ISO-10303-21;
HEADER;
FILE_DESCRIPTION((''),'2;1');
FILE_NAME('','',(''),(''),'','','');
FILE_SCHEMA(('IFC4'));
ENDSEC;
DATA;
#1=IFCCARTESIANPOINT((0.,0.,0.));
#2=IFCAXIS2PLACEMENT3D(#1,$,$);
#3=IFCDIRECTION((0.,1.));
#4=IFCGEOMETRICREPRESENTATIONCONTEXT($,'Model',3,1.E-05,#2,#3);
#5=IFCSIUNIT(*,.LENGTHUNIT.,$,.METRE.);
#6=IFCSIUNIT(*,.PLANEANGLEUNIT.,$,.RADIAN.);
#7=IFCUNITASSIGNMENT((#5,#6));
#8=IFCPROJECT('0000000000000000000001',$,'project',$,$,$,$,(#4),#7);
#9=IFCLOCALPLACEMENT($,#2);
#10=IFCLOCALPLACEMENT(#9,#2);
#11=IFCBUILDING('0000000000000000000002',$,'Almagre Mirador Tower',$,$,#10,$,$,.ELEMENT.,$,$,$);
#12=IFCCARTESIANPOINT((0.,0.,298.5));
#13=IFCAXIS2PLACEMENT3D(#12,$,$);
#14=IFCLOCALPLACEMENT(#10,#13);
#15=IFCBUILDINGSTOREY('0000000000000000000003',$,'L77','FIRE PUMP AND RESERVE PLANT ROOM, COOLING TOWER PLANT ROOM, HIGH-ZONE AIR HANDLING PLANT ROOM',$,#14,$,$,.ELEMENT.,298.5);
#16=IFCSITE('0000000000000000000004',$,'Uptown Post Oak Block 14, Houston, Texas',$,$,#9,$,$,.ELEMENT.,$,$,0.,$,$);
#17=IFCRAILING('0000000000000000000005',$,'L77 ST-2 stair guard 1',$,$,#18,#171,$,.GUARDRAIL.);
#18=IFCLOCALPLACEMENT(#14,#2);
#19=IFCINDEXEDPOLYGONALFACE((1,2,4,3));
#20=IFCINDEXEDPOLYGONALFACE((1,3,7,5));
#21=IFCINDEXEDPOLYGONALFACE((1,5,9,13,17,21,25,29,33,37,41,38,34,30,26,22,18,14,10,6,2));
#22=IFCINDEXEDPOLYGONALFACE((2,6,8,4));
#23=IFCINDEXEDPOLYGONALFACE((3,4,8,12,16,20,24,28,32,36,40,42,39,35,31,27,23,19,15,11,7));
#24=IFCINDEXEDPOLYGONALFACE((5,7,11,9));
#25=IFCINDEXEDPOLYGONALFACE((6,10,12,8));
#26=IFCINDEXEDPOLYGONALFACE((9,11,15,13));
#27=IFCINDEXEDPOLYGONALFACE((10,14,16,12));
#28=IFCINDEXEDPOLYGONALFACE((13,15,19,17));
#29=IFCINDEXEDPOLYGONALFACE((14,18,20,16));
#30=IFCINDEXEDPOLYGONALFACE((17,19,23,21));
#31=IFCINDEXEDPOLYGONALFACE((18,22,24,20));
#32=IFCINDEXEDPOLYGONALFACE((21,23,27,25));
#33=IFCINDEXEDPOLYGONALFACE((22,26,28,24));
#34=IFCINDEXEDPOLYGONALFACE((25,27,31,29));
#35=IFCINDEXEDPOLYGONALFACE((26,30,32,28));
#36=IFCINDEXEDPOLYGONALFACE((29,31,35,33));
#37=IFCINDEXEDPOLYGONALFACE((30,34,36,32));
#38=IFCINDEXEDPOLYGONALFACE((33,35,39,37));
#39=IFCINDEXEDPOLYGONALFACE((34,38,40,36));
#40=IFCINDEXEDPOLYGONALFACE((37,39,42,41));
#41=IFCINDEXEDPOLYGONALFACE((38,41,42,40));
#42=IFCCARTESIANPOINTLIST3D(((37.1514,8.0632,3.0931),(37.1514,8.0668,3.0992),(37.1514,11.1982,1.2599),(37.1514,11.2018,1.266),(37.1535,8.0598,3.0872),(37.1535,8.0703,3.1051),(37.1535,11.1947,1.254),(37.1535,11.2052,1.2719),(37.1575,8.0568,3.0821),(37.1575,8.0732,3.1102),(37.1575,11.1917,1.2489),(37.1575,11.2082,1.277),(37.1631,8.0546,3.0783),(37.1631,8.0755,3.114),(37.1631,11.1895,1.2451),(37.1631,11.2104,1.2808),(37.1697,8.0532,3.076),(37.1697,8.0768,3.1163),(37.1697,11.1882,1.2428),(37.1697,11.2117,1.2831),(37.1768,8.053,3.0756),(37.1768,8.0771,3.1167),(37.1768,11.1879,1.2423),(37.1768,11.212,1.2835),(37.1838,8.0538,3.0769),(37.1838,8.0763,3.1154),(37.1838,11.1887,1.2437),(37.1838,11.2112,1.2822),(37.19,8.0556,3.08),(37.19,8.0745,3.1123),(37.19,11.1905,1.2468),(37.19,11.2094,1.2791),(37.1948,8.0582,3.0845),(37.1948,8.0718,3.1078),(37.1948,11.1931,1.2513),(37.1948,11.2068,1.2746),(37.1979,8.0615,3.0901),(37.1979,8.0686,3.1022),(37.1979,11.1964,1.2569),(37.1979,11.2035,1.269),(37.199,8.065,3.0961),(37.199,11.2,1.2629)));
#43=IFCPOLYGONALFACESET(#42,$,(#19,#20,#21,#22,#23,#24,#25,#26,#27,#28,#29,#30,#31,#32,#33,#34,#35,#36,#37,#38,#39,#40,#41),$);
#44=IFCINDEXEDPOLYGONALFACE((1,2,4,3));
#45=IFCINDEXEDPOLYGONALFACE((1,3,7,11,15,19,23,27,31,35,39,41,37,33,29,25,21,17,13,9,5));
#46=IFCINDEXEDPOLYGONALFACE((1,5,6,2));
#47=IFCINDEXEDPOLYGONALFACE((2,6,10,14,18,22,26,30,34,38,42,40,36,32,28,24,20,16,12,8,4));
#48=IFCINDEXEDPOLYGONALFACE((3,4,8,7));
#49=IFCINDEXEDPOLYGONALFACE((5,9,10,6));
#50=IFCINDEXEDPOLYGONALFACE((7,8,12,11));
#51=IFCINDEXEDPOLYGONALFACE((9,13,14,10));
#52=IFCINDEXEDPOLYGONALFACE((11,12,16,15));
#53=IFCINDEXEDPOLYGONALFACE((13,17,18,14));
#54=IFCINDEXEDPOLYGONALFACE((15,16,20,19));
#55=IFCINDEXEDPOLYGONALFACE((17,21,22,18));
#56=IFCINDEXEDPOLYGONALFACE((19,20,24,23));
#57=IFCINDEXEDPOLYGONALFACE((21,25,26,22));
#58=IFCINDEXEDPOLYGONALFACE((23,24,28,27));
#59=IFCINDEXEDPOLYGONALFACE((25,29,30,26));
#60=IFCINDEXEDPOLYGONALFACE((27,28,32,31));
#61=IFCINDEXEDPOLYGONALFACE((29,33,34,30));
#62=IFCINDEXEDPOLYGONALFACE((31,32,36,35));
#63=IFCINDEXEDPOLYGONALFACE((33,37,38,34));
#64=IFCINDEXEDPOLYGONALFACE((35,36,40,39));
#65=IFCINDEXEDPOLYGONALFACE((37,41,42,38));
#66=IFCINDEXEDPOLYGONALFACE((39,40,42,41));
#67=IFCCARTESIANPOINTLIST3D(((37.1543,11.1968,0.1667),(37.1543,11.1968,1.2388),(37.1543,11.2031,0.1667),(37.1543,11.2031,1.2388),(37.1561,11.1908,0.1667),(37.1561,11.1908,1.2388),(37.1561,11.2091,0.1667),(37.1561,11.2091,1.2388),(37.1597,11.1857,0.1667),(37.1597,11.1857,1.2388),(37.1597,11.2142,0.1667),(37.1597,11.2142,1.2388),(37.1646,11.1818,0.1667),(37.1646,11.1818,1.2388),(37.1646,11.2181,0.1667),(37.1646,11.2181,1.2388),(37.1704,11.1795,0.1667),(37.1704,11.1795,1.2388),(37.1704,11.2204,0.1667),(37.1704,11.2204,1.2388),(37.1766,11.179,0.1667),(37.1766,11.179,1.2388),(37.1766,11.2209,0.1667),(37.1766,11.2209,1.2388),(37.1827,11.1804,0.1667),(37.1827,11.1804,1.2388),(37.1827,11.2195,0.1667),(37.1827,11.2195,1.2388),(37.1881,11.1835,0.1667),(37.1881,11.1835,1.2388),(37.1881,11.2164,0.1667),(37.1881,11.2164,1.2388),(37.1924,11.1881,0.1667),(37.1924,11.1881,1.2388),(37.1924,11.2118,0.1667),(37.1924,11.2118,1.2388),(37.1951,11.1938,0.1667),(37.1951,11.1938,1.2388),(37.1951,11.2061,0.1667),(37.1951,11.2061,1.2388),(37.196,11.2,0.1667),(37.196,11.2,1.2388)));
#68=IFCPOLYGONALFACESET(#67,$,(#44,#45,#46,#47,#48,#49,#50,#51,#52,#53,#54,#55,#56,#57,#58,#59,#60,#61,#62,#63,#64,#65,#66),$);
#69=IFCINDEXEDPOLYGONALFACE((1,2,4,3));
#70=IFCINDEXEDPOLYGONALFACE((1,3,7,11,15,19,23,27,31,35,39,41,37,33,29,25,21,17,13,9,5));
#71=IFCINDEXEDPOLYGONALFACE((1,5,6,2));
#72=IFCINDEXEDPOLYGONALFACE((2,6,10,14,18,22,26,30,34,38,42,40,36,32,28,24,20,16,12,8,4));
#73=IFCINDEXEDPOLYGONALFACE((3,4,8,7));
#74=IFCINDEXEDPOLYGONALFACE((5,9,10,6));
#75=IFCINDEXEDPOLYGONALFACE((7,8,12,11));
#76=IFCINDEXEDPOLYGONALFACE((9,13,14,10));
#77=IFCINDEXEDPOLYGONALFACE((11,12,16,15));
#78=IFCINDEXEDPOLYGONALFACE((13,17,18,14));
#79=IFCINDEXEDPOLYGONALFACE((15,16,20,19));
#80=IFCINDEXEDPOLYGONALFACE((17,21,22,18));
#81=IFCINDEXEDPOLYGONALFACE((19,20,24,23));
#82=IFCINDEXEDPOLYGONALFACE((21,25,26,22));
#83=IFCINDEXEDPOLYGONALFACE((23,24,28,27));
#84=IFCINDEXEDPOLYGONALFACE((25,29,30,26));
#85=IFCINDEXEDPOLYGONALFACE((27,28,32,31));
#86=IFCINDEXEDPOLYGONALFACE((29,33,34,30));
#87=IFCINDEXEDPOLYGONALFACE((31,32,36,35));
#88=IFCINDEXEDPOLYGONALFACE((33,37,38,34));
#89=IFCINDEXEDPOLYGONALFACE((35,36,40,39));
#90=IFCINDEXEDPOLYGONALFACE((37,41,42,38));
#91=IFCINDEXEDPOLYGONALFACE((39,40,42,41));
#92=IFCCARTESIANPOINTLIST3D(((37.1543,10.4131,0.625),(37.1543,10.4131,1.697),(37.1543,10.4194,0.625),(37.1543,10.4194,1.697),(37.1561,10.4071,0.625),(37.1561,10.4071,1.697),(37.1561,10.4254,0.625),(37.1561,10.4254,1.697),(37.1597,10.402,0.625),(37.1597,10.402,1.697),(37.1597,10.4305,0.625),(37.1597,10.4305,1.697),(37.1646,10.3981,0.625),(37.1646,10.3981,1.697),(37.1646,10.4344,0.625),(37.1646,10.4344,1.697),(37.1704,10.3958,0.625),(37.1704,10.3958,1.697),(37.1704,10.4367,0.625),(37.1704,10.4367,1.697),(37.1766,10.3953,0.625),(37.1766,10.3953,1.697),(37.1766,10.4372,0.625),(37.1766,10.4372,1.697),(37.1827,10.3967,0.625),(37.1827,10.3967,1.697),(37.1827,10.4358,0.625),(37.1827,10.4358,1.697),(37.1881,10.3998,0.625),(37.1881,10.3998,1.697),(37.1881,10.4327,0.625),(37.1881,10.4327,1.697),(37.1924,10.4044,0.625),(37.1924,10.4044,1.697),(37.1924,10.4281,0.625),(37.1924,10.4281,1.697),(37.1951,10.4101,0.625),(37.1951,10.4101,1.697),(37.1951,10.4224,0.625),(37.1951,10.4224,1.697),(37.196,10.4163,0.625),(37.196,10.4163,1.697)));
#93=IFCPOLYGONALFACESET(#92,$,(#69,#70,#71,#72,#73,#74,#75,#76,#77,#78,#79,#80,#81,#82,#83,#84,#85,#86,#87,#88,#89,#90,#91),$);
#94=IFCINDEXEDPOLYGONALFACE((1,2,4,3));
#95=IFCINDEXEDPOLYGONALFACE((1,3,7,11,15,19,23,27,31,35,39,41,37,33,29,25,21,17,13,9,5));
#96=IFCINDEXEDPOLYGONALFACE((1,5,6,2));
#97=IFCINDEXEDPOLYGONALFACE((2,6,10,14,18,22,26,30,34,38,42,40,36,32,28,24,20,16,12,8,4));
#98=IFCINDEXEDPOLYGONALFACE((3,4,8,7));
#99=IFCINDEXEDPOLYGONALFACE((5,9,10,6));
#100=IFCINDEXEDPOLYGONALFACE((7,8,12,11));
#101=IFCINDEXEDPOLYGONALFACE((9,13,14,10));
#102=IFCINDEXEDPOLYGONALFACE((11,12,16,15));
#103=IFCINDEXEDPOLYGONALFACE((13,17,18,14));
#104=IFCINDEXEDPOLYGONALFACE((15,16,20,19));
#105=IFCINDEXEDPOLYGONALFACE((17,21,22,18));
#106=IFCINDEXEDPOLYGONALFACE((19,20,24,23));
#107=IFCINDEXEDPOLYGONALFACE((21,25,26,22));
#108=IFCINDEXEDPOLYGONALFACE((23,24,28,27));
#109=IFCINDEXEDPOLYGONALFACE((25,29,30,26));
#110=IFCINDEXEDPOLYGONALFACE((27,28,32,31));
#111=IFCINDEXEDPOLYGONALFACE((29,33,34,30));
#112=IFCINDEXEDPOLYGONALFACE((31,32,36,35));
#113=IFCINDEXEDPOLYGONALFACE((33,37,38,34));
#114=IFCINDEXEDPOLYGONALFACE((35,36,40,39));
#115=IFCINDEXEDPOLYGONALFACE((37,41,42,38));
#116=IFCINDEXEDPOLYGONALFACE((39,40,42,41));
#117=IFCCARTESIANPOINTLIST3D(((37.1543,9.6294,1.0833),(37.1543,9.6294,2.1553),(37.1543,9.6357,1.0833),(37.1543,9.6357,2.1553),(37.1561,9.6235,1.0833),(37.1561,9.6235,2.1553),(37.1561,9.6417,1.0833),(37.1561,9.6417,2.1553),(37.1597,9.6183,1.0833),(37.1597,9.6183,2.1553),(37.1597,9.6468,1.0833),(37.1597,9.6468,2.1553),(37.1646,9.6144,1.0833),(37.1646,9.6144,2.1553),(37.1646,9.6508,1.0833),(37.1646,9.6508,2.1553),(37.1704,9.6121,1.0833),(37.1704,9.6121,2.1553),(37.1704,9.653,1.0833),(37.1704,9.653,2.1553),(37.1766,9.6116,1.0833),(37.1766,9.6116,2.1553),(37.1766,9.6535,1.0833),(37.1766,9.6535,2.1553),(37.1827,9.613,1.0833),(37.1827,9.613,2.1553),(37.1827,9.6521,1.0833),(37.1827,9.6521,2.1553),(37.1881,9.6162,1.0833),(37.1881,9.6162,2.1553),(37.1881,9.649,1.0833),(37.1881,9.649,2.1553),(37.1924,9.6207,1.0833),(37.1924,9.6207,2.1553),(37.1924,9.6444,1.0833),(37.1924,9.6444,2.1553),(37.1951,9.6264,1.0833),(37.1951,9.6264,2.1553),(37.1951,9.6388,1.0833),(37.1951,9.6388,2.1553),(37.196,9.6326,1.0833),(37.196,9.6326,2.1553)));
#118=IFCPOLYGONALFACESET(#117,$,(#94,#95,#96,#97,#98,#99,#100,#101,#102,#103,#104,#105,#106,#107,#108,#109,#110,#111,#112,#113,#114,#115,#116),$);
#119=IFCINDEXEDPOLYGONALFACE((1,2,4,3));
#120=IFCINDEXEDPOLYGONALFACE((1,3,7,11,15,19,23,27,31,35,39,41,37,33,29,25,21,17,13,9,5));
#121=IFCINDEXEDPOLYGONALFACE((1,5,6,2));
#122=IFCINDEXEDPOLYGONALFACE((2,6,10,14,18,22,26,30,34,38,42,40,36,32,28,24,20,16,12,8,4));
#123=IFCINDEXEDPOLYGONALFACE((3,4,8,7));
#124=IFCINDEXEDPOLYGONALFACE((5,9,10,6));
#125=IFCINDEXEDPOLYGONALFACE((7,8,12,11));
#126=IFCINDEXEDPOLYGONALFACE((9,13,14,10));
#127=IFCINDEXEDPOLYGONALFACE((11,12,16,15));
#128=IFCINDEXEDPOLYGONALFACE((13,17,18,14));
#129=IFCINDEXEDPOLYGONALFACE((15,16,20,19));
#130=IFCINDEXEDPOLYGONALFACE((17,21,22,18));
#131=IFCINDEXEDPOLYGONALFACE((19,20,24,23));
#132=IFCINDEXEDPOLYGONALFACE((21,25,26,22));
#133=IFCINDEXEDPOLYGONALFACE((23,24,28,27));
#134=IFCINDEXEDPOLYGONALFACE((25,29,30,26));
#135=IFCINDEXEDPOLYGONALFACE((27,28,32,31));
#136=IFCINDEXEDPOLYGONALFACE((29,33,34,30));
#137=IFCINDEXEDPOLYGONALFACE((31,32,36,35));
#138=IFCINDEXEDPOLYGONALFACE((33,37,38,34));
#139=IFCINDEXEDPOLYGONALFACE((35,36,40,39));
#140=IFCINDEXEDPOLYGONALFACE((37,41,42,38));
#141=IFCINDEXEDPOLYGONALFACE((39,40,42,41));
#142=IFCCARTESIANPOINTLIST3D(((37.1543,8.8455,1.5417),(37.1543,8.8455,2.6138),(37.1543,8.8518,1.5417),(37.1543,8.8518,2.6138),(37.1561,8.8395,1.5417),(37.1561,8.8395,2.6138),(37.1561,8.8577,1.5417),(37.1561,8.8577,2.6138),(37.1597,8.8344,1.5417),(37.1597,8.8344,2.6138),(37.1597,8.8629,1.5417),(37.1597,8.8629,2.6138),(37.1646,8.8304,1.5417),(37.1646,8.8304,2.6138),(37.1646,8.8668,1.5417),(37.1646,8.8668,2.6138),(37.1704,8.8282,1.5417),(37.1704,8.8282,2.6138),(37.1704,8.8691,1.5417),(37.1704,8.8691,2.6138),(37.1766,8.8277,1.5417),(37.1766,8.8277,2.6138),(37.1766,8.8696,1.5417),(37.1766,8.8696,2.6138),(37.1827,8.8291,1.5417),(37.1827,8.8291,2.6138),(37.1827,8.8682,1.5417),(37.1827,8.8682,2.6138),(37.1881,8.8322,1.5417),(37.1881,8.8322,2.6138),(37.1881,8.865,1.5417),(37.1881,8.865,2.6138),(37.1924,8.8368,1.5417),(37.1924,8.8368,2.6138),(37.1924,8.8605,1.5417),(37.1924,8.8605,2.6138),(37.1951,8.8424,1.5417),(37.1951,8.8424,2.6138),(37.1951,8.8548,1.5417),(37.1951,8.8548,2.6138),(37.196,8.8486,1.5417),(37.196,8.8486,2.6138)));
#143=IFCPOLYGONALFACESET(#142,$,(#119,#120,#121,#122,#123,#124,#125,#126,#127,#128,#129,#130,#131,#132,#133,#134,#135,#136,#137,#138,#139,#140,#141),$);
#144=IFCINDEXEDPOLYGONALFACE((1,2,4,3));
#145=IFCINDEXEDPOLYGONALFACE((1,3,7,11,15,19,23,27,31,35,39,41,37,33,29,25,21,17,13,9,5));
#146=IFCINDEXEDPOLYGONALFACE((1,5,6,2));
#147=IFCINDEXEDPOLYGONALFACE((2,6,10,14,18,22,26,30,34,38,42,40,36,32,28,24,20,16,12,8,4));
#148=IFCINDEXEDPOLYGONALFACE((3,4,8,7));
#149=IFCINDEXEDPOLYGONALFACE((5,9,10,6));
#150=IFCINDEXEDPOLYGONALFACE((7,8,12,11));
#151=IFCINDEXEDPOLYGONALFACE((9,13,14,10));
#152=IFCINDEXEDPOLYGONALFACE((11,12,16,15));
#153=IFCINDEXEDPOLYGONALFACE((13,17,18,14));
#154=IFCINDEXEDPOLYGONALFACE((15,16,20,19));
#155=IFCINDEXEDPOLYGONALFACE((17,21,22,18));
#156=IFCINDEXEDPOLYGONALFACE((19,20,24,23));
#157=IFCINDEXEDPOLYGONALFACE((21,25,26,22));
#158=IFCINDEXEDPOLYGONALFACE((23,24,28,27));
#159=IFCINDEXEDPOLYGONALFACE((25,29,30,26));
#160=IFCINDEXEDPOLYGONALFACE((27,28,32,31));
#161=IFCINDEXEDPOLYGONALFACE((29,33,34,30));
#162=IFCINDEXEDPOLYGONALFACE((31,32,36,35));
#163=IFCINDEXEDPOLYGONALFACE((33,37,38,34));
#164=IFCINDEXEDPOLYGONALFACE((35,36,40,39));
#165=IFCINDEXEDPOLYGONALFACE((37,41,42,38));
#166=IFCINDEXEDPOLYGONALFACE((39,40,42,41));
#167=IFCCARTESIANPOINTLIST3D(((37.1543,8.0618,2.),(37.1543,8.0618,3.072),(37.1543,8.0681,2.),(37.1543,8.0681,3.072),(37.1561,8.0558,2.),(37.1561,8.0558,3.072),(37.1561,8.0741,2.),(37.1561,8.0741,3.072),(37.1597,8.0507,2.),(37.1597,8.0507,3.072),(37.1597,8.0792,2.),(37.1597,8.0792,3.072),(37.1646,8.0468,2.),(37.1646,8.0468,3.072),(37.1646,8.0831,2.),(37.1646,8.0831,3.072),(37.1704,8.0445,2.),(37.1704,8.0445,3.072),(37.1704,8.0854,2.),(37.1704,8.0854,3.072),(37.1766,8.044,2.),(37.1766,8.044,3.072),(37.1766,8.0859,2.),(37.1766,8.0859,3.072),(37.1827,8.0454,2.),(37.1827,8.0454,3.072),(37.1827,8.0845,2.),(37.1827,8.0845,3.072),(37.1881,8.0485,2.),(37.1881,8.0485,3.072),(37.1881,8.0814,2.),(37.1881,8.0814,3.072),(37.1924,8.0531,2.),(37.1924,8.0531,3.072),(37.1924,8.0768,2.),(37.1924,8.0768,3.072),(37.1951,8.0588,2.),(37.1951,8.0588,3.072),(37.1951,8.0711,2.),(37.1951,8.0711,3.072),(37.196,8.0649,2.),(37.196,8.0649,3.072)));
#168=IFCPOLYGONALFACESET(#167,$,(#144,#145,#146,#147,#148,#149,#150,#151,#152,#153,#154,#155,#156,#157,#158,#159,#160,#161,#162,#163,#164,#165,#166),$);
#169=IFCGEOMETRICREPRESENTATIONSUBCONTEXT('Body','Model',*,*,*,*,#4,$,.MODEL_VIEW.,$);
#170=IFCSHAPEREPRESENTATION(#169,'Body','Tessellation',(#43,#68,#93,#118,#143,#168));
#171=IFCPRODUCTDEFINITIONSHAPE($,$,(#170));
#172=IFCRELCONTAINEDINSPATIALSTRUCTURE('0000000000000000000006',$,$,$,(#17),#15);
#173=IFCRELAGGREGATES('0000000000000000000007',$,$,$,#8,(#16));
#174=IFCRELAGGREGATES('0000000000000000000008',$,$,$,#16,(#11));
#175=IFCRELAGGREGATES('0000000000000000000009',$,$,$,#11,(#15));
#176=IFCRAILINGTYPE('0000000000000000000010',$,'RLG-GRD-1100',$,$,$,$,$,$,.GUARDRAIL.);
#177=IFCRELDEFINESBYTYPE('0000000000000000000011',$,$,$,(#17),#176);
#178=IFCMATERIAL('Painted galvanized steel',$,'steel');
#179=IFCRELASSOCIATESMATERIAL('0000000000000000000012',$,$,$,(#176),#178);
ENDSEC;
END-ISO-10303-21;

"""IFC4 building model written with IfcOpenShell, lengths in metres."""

from ifc_helpers import new_model, si_unit, direction, frame, origin, origin_2d, place, context, subcontext, project, spatial, circle, extrude, material, type_object, element, save


model = new_model("IFC4")

# Units and contexts
model_context = context("Model", 3, precision=1e-05, world=origin(), true_north=direction((0.0, 1.0)))
body_context = subcontext(model_context, "Body", "Model", "MODEL_VIEW")
ifc_project = project(units=[si_unit("LENGTHUNIT", "METRE"), si_unit("PLANEANGLEUNIT", "RADIAN")], contexts=[model_context])

# Site, building, storey
site_placement = place(None, origin())
site = spatial("IfcSite", under=ifc_project, at=site_placement, Name="Uptown Post Oak Block 14, Houston, Texas", CompositionType="ELEMENT", RefElevation=0.0)
building_placement = place(site_placement, origin())
building = spatial("IfcBuilding", under=site, at=building_placement, Name="Almagre Mirador Tower", CompositionType="ELEMENT")
storey_placement = place(building_placement, frame((0.0, 0.0, 298.5)))
storey = spatial("IfcBuildingStorey", under=building, at=storey_placement, Name="L77", Description="FIRE PUMP AND RESERVE PLANT ROOM, COOLING TOWER PLANT ROOM, HIGH-ZONE AIR HANDLING PLANT ROOM", CompositionType="ELEMENT", Elevation=298.5)

# Railing
ifc_material_1 = material(Name="Painted galvanized steel", Category="steel")
railing_type_1 = type_object("IfcRailingType", Name="RLG-GRD-1100", PredefinedType="GUARDRAIL", material=ifc_material_1)
railing_1_placement = place(storey_placement, frame((37.175, 11.2, 0.1667)))
element("IfcRailing", 1, at=railing_1_placement, inside=storey, type_object=railing_type_1, Name="L77 ST-2 stair guard 1", PredefinedType="GUARDRAIL", context=body_context, shape_type="SweptSolid", body=[
    extrude(circle(Radius=0.0239, at=origin_2d()), frame((0.0, 0.0, 1.0962), z_axis=(0.0, -0.86324, 0.504794), x_axis=(1.0, 0.0, 0.0)), (0.0, 0.0, 1.0), 3.6316),
    extrude(circle(Radius=0.021, at=origin_2d()), origin(), (0.0, 0.0, 1.0), 1.072),
    extrude(circle(Radius=0.021, at=origin_2d()), frame((0.0, -0.7837, 0.4583)), (0.0, 0.0, 1.0), 1.072),
    extrude(circle(Radius=0.021, at=origin_2d()), frame((0.0, -1.5674, 0.9165)), (0.0, 0.0, 1.0), 1.072),
    extrude(circle(Radius=0.021, at=origin_2d()), frame((0.0, -2.3513, 1.375)), (0.0, 0.0, 1.0), 1.072),
    extrude(circle(Radius=0.021, at=origin_2d()), frame((0.0, -3.135, 1.8333)), (0.0, 0.0, 1.0), 1.072),
])

save(model, "model.ifc")
